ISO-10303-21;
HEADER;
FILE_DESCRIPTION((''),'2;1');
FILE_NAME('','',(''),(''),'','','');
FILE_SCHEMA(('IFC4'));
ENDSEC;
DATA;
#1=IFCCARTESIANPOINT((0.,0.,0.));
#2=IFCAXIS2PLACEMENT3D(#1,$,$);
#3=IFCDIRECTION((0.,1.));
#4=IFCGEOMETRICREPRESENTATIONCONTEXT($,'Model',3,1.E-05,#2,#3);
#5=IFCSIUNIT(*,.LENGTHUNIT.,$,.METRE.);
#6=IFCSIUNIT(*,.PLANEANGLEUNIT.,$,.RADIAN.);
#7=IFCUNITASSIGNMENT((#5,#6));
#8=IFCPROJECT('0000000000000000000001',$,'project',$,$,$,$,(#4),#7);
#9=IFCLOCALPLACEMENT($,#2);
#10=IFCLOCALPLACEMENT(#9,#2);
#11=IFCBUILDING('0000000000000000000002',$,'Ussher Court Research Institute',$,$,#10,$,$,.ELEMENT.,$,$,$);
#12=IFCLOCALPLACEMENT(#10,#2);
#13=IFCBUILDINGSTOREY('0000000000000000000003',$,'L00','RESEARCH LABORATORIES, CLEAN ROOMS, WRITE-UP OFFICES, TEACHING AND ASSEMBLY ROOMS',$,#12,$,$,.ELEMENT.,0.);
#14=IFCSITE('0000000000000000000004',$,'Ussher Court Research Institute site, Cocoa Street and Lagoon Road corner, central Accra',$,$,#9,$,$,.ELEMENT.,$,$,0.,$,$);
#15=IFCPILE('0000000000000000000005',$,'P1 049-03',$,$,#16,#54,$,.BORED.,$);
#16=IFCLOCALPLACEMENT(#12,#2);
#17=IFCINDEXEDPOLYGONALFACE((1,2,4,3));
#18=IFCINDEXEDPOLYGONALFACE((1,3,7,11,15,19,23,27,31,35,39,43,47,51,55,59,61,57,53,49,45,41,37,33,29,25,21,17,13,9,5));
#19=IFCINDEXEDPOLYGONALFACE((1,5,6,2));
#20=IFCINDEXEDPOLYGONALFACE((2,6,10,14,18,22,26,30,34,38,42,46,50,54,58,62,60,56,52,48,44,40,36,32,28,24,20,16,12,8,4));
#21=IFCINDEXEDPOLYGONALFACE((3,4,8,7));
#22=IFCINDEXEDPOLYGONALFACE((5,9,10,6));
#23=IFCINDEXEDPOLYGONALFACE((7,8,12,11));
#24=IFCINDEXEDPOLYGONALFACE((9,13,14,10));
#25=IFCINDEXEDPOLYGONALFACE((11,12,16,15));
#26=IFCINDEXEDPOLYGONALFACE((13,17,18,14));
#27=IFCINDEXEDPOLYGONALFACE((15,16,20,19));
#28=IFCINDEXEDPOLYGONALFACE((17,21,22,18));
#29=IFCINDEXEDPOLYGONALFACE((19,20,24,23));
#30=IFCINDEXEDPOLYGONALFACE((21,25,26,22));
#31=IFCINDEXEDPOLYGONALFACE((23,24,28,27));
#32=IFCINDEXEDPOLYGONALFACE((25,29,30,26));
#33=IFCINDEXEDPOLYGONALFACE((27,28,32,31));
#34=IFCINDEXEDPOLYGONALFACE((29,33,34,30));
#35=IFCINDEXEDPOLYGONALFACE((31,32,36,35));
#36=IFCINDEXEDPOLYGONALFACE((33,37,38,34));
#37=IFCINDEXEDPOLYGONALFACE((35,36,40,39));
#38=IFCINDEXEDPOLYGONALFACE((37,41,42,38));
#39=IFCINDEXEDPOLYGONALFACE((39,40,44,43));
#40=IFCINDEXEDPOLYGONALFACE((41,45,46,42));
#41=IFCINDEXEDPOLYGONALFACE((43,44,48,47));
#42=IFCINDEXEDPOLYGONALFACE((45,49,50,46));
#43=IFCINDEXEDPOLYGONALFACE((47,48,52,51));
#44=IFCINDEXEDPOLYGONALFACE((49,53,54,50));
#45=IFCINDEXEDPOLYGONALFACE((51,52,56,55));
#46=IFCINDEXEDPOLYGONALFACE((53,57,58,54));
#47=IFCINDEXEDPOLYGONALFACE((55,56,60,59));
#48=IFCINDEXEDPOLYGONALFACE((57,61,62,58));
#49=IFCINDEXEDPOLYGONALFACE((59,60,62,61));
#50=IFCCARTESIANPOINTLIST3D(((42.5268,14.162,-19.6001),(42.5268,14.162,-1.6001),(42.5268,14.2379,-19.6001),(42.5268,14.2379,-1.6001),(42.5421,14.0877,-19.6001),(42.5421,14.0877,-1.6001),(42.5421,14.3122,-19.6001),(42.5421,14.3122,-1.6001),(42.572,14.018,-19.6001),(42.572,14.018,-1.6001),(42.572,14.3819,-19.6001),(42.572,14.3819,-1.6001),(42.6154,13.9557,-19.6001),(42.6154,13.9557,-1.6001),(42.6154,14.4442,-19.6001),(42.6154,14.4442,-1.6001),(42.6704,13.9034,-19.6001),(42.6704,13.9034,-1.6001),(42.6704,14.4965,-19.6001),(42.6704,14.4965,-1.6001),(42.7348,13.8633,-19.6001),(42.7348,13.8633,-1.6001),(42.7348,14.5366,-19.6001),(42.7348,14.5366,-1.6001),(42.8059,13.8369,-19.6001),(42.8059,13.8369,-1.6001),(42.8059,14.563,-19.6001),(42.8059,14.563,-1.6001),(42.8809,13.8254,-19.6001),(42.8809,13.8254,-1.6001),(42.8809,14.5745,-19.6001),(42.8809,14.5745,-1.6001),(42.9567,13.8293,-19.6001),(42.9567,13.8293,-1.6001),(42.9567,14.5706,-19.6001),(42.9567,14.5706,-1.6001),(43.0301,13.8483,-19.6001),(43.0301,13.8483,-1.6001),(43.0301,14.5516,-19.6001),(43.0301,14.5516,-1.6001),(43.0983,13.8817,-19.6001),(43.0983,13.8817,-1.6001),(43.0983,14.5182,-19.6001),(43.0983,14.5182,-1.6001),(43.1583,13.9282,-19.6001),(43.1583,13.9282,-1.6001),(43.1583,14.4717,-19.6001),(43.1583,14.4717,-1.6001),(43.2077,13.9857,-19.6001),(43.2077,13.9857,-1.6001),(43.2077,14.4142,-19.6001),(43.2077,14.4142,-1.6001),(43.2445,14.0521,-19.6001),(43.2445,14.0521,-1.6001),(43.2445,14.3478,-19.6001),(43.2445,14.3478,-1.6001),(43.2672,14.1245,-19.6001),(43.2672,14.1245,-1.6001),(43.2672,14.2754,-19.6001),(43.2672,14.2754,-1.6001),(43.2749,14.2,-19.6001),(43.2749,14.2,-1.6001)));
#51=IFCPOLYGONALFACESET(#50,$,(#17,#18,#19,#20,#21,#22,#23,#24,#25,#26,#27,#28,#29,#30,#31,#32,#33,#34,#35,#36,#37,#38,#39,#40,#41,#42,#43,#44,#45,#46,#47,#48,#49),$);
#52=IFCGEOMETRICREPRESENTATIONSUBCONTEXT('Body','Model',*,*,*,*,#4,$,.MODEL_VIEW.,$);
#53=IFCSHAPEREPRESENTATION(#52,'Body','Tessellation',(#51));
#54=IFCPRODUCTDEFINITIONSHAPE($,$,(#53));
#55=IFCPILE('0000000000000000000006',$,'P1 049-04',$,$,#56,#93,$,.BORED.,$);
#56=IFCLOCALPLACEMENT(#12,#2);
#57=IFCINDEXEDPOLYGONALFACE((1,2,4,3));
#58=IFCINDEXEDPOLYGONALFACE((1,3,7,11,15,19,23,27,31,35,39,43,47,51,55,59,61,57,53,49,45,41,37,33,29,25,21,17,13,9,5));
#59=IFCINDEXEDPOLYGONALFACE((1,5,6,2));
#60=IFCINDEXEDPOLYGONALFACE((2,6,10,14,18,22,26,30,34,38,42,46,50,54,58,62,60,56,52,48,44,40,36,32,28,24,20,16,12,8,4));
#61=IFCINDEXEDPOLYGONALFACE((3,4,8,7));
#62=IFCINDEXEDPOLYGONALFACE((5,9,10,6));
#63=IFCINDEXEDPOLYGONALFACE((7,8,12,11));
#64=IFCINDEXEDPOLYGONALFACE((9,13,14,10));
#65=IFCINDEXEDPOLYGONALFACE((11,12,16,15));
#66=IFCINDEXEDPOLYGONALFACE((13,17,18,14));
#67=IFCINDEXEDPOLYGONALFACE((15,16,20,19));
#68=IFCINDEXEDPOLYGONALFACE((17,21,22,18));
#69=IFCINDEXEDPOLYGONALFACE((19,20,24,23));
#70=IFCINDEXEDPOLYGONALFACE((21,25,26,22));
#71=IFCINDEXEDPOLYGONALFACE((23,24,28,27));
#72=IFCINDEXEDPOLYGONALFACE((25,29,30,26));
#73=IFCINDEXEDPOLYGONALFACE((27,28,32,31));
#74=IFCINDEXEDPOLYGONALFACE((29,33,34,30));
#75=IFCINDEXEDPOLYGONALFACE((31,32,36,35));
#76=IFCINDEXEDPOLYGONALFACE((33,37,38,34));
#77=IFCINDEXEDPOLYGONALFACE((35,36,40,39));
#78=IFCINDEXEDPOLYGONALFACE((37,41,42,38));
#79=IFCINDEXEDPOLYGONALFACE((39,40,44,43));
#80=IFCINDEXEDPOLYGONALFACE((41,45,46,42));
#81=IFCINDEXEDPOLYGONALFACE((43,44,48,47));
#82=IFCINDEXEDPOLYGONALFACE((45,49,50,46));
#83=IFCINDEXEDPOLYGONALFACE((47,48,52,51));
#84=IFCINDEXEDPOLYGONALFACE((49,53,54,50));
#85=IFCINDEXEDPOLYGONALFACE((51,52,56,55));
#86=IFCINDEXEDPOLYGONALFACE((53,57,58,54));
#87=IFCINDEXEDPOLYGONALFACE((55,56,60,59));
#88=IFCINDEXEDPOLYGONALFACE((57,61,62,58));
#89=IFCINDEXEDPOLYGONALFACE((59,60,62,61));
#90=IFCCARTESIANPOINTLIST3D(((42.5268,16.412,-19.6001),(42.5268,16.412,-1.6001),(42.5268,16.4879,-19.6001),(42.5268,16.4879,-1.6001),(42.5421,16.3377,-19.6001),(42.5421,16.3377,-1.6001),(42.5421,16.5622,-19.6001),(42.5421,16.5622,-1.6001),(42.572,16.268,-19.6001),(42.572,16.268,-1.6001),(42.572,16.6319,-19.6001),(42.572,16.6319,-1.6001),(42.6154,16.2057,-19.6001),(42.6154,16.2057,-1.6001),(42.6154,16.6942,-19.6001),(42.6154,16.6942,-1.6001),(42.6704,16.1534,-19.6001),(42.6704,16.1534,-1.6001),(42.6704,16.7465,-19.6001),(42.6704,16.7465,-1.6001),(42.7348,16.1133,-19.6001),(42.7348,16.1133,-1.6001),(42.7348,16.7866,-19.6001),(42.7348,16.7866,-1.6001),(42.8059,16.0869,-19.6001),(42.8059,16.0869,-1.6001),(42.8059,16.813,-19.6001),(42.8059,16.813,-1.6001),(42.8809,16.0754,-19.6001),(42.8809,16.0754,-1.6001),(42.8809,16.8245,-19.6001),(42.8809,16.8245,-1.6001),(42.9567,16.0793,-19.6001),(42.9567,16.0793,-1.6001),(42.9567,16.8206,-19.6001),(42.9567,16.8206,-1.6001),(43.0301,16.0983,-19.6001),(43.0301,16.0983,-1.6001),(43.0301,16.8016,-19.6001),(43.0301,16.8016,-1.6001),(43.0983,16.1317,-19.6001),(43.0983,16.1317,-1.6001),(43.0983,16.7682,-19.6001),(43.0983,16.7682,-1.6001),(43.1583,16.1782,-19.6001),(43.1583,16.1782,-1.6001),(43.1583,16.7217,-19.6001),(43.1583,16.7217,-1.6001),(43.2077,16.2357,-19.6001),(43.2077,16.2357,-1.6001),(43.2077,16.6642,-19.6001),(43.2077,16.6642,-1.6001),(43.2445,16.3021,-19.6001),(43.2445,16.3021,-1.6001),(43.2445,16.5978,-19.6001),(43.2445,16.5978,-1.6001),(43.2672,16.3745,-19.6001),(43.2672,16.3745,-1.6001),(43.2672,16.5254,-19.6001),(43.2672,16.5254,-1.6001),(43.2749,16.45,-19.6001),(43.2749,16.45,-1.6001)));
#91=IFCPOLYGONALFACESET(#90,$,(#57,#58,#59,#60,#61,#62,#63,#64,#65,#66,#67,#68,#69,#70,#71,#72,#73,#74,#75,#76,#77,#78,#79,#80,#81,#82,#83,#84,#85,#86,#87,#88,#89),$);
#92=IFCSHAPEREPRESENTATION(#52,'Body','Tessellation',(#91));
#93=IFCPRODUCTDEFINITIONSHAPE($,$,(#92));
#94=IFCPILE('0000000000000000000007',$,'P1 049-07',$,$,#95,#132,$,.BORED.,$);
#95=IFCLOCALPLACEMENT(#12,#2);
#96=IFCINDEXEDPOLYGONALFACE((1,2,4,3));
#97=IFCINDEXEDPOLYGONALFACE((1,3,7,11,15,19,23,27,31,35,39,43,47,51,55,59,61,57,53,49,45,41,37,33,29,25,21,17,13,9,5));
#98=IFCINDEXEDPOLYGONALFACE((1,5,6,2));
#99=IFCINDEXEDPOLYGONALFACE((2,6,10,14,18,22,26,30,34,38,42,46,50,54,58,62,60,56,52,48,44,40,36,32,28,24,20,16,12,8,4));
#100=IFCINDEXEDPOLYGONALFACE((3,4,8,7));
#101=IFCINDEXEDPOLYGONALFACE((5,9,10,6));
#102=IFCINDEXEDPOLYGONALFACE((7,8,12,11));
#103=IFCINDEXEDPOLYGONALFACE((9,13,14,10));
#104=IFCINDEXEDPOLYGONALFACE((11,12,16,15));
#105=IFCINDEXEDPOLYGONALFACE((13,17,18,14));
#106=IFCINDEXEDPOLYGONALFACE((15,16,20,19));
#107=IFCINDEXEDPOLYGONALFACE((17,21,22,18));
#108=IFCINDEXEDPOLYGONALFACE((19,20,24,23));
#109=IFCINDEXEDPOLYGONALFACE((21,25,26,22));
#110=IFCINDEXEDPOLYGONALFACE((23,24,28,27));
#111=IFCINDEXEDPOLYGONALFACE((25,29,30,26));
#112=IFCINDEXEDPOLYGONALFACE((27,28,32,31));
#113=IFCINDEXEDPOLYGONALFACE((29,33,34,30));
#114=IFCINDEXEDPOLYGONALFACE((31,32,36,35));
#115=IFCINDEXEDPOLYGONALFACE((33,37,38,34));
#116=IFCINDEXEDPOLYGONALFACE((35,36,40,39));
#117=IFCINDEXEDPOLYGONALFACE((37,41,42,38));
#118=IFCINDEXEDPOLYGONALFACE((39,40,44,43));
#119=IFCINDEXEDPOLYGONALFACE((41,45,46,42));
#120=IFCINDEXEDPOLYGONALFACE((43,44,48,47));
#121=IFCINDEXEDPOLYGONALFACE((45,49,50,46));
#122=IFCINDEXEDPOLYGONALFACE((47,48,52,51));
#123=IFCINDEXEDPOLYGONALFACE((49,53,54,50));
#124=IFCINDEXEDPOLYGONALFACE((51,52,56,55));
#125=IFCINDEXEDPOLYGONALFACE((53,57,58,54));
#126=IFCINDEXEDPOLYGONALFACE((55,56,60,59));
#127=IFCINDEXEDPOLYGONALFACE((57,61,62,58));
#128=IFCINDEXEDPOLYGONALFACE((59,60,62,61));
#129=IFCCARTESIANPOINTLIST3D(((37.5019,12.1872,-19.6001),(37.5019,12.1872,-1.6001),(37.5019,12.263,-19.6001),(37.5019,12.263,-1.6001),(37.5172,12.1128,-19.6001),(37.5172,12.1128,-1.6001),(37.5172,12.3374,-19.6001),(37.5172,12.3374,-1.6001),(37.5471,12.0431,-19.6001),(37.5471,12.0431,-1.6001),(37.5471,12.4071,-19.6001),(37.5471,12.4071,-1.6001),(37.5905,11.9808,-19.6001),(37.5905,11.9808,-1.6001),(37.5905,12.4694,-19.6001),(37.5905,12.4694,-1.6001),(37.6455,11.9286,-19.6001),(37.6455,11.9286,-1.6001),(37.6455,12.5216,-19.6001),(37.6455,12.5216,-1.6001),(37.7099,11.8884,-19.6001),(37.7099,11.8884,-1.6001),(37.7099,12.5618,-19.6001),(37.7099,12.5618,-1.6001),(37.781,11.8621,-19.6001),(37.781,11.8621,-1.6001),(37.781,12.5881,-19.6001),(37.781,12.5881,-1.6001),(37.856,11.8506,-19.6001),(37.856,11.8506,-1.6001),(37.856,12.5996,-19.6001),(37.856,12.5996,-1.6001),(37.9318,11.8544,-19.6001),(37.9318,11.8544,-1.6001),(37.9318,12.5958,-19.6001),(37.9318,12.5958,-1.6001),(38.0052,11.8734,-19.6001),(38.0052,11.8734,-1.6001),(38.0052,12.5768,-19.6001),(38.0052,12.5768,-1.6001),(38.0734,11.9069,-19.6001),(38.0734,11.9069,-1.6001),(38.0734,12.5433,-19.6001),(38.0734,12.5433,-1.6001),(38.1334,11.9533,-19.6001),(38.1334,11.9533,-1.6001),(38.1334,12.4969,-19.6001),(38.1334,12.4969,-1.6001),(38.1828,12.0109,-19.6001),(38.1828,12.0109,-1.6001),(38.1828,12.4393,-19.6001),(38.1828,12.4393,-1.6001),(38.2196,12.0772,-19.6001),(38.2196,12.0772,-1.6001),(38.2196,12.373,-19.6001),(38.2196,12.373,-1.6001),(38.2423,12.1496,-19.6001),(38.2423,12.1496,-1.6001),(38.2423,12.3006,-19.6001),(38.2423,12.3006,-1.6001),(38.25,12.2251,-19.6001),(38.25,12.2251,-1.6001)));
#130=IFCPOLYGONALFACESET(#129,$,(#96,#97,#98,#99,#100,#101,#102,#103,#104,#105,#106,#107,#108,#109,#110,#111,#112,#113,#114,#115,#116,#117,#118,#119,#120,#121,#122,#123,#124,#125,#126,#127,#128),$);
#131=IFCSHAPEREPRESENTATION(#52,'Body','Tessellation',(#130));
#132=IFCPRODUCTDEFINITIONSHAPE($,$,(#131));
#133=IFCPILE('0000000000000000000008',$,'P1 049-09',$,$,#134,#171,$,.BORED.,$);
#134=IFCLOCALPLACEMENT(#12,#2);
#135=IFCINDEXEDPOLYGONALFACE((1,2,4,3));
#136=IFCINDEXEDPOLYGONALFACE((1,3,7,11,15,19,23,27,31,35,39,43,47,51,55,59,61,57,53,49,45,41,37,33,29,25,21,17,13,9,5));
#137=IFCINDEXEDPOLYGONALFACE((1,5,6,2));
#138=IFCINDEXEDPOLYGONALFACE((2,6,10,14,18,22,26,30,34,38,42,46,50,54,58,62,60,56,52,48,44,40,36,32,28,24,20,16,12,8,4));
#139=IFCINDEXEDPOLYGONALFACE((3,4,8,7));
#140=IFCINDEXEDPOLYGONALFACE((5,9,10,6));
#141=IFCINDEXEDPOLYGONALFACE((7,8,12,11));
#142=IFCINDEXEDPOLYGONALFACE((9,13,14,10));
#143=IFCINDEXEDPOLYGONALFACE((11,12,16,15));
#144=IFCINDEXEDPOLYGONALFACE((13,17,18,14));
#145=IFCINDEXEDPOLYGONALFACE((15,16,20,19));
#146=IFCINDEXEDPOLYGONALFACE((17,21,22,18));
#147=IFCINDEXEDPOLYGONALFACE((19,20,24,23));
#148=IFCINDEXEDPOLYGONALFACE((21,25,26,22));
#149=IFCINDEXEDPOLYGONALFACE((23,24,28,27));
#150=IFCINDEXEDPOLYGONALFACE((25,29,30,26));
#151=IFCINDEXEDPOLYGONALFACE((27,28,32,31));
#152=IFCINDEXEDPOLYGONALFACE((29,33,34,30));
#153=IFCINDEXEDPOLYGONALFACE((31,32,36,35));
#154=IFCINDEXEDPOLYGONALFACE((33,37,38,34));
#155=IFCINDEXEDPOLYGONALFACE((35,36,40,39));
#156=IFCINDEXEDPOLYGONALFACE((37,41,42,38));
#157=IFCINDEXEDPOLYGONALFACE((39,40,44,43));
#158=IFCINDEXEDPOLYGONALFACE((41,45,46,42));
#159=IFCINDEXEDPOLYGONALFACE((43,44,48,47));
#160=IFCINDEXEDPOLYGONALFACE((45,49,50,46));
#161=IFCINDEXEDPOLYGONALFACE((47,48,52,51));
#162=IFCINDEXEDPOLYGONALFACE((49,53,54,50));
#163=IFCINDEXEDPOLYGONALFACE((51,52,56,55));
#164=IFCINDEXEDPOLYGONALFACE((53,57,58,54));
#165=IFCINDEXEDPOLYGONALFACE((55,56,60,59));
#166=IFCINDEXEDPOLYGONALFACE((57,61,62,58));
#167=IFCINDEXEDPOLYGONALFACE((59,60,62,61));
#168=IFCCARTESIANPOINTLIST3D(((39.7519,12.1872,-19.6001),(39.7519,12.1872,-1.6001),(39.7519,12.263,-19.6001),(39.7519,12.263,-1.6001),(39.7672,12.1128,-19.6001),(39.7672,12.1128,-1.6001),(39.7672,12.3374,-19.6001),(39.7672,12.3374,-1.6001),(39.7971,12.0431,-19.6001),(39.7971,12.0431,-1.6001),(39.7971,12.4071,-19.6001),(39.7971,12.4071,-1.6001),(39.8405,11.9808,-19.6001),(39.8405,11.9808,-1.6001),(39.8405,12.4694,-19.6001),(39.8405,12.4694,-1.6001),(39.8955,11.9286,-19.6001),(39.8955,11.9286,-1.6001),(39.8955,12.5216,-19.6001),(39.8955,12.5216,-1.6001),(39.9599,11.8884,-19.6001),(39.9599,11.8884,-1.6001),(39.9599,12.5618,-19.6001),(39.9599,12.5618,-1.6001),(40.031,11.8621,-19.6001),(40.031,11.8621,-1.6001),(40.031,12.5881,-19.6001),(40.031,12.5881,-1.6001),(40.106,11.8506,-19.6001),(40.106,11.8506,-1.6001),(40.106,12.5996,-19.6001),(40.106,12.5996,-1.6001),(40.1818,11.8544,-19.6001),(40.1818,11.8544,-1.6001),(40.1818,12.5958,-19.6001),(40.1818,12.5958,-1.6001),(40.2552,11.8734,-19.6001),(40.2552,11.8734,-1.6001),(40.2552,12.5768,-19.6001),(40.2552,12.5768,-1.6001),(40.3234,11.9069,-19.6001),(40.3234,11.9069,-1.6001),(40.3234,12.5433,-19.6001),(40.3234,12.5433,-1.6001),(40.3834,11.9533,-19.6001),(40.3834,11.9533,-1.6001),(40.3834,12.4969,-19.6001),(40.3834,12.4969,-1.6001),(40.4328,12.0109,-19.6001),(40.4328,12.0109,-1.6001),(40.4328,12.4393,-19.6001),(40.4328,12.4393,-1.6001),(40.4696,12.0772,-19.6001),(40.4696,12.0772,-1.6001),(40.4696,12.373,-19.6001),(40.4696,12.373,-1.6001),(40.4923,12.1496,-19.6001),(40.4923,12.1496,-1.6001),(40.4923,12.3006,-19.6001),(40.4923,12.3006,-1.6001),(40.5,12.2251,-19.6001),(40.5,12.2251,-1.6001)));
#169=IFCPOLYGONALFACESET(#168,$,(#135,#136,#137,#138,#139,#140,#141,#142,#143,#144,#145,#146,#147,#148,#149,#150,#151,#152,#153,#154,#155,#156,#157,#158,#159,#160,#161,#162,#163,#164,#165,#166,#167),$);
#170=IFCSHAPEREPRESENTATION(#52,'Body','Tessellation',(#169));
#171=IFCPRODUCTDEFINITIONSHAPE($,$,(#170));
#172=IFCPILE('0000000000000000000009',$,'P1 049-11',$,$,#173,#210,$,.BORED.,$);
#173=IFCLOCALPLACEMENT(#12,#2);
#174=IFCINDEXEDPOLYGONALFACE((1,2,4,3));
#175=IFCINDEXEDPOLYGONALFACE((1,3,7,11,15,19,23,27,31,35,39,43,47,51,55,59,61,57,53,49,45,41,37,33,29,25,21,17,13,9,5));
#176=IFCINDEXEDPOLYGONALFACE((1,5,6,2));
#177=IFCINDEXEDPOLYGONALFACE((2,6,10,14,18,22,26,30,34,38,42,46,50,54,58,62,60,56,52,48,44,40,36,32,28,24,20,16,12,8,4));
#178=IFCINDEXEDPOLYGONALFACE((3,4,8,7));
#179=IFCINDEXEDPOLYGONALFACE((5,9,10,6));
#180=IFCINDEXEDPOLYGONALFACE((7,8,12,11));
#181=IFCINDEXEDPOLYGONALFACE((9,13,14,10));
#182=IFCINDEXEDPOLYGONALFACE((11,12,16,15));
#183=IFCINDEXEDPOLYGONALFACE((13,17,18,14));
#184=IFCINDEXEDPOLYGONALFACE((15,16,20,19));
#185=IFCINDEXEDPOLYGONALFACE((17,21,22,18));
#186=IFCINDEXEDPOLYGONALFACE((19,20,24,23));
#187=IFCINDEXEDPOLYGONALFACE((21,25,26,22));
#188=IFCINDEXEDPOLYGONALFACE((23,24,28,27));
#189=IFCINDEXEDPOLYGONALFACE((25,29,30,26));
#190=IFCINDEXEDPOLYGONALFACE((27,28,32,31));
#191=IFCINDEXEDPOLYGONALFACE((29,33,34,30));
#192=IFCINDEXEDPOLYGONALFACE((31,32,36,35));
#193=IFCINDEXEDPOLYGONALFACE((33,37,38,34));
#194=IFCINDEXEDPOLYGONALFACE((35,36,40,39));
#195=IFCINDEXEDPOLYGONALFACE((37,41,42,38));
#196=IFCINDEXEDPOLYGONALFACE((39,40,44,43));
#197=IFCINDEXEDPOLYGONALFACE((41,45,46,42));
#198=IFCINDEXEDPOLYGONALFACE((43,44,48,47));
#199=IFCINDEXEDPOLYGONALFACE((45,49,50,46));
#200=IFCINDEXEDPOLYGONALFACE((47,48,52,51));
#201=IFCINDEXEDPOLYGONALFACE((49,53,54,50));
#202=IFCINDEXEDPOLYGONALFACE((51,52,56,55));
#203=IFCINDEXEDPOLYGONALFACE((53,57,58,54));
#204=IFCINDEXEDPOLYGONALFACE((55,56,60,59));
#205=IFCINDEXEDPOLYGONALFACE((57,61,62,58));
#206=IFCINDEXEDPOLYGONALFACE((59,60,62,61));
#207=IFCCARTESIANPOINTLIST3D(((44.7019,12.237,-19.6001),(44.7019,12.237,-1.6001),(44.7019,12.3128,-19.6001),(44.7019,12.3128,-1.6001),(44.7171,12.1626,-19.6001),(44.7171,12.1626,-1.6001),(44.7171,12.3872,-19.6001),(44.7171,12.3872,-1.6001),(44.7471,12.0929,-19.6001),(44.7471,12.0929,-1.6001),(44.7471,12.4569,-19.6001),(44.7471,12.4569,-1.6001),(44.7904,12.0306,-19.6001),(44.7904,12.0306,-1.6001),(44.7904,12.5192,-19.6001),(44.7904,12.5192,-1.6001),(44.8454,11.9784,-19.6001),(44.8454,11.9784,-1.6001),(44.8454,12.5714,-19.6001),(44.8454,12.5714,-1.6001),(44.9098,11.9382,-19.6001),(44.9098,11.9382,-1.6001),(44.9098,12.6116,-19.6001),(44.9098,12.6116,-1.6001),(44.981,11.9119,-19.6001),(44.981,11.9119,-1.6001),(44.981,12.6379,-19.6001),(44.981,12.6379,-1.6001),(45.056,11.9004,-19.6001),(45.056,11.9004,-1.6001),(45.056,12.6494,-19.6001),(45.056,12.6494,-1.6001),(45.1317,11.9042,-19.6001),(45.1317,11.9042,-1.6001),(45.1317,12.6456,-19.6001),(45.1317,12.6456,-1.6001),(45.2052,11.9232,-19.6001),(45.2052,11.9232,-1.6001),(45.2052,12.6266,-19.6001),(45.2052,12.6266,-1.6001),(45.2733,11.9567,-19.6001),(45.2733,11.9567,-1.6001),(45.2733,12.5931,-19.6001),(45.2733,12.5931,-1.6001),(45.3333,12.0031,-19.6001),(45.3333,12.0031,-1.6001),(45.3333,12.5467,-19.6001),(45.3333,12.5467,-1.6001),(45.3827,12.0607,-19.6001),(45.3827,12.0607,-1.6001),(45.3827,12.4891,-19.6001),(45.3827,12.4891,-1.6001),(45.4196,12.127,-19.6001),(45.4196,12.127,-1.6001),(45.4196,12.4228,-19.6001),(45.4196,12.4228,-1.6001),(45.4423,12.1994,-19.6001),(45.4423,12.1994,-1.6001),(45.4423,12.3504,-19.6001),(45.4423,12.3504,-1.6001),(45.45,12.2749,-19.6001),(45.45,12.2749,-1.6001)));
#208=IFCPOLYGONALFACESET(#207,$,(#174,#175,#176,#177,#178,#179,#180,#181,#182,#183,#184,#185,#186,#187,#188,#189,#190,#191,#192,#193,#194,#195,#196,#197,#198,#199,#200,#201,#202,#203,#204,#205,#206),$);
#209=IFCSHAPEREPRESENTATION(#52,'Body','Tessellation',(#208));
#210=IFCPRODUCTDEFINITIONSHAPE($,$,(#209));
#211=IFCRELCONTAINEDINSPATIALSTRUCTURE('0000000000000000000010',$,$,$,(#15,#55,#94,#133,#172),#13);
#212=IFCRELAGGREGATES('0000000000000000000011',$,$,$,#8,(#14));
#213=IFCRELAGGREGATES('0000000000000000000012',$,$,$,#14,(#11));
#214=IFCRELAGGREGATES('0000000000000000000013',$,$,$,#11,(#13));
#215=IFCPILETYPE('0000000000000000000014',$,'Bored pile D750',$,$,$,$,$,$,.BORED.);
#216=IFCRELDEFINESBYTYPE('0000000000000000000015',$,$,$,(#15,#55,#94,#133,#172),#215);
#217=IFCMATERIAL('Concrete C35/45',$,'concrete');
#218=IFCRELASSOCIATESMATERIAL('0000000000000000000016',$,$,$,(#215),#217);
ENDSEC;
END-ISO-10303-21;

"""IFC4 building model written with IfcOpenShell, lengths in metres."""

from ifc_helpers import new_model, si_unit, direction, frame, origin, origin_2d, place, context, subcontext, project, spatial, circle, extrude, material, material_profile, profile_set, type_object, element, save


model = new_model("IFC4")

# Units and contexts
model_context = context("Model", 3, precision=1e-05, world=origin(), true_north=direction((0.0, 1.0)))
body_context = subcontext(model_context, "Body", "Model", "MODEL_VIEW")
ifc_project = project(units=[si_unit("LENGTHUNIT", "METRE"), si_unit("PLANEANGLEUNIT", "RADIAN")], contexts=[model_context])

# Site, building, storey
site_placement = place(None, origin())
site = spatial("IfcSite", under=ifc_project, at=site_placement, Name="Ussher Court Research Institute site, Cocoa Street and Lagoon Road corner, central Accra", CompositionType="ELEMENT", RefElevation=0.0)
building_placement = place(site_placement, origin())
building = spatial("IfcBuilding", under=site, at=building_placement, Name="Ussher Court Research Institute", CompositionType="ELEMENT")
storey_placement = place(building_placement, origin())
storey = spatial("IfcBuildingStorey", under=building, at=storey_placement, Name="L00", Description="RESEARCH LABORATORIES, CLEAN ROOMS, WRITE-UP OFFICES, TEACHING AND ASSEMBLY ROOMS", CompositionType="ELEMENT", Elevation=0.0)

# Piles
ifc_material_1 = material(Name="Concrete C35/45", Category="concrete")
ifc_material_profile_1 = material_profile(ifc_material_1, circle(Radius=0.375, at=origin_2d()), Name="RC D750")
ifc_profile_set_1 = profile_set([ifc_material_profile_1], Name="Concrete C35/45")
pile_type = type_object("IfcPileType", Name="Bored pile D750", PredefinedType="BORED", material=ifc_profile_set_1)
for number, where, z_axis, x_axis, name in (
    (1, (42.8999, 14.2, -1.6001), (0.0, 0.0, -1.0), (1.0, 0.0, 0.0), "P1 049-03"),
    (2, (42.8999, 16.45, -1.6001), (0.0, 0.0, -1.0), (1.0, 0.0, 0.0), "P1 049-04"),
    (3, (37.875, 12.2251, -1.6001), (0.0, 0.0, -1.0), (1.0, 0.0, 0.0), "P1 049-07"),
    (4, (40.125, 12.2251, -1.6001), (0.0, 0.0, -1.0), (1.0, 0.0, 0.0), "P1 049-09"),
    (5, (45.075, 12.2749, -1.6001), (0.0, 0.0, -1.0), (1.0, 0.0, 0.0), "P1 049-11"),
):
    element("IfcPile", number, at=place(storey_placement, frame(where, z_axis=z_axis, x_axis=x_axis)), inside=storey, type_object=pile_type, Name=name, PredefinedType="BORED", context=body_context, shape_type="SweptSolid", body=[
        extrude(circle(Radius=0.375, at=origin_2d()), origin(), (0.0, 0.0, 1.0), 18.0),
    ])

save(model, "model.ifc")
